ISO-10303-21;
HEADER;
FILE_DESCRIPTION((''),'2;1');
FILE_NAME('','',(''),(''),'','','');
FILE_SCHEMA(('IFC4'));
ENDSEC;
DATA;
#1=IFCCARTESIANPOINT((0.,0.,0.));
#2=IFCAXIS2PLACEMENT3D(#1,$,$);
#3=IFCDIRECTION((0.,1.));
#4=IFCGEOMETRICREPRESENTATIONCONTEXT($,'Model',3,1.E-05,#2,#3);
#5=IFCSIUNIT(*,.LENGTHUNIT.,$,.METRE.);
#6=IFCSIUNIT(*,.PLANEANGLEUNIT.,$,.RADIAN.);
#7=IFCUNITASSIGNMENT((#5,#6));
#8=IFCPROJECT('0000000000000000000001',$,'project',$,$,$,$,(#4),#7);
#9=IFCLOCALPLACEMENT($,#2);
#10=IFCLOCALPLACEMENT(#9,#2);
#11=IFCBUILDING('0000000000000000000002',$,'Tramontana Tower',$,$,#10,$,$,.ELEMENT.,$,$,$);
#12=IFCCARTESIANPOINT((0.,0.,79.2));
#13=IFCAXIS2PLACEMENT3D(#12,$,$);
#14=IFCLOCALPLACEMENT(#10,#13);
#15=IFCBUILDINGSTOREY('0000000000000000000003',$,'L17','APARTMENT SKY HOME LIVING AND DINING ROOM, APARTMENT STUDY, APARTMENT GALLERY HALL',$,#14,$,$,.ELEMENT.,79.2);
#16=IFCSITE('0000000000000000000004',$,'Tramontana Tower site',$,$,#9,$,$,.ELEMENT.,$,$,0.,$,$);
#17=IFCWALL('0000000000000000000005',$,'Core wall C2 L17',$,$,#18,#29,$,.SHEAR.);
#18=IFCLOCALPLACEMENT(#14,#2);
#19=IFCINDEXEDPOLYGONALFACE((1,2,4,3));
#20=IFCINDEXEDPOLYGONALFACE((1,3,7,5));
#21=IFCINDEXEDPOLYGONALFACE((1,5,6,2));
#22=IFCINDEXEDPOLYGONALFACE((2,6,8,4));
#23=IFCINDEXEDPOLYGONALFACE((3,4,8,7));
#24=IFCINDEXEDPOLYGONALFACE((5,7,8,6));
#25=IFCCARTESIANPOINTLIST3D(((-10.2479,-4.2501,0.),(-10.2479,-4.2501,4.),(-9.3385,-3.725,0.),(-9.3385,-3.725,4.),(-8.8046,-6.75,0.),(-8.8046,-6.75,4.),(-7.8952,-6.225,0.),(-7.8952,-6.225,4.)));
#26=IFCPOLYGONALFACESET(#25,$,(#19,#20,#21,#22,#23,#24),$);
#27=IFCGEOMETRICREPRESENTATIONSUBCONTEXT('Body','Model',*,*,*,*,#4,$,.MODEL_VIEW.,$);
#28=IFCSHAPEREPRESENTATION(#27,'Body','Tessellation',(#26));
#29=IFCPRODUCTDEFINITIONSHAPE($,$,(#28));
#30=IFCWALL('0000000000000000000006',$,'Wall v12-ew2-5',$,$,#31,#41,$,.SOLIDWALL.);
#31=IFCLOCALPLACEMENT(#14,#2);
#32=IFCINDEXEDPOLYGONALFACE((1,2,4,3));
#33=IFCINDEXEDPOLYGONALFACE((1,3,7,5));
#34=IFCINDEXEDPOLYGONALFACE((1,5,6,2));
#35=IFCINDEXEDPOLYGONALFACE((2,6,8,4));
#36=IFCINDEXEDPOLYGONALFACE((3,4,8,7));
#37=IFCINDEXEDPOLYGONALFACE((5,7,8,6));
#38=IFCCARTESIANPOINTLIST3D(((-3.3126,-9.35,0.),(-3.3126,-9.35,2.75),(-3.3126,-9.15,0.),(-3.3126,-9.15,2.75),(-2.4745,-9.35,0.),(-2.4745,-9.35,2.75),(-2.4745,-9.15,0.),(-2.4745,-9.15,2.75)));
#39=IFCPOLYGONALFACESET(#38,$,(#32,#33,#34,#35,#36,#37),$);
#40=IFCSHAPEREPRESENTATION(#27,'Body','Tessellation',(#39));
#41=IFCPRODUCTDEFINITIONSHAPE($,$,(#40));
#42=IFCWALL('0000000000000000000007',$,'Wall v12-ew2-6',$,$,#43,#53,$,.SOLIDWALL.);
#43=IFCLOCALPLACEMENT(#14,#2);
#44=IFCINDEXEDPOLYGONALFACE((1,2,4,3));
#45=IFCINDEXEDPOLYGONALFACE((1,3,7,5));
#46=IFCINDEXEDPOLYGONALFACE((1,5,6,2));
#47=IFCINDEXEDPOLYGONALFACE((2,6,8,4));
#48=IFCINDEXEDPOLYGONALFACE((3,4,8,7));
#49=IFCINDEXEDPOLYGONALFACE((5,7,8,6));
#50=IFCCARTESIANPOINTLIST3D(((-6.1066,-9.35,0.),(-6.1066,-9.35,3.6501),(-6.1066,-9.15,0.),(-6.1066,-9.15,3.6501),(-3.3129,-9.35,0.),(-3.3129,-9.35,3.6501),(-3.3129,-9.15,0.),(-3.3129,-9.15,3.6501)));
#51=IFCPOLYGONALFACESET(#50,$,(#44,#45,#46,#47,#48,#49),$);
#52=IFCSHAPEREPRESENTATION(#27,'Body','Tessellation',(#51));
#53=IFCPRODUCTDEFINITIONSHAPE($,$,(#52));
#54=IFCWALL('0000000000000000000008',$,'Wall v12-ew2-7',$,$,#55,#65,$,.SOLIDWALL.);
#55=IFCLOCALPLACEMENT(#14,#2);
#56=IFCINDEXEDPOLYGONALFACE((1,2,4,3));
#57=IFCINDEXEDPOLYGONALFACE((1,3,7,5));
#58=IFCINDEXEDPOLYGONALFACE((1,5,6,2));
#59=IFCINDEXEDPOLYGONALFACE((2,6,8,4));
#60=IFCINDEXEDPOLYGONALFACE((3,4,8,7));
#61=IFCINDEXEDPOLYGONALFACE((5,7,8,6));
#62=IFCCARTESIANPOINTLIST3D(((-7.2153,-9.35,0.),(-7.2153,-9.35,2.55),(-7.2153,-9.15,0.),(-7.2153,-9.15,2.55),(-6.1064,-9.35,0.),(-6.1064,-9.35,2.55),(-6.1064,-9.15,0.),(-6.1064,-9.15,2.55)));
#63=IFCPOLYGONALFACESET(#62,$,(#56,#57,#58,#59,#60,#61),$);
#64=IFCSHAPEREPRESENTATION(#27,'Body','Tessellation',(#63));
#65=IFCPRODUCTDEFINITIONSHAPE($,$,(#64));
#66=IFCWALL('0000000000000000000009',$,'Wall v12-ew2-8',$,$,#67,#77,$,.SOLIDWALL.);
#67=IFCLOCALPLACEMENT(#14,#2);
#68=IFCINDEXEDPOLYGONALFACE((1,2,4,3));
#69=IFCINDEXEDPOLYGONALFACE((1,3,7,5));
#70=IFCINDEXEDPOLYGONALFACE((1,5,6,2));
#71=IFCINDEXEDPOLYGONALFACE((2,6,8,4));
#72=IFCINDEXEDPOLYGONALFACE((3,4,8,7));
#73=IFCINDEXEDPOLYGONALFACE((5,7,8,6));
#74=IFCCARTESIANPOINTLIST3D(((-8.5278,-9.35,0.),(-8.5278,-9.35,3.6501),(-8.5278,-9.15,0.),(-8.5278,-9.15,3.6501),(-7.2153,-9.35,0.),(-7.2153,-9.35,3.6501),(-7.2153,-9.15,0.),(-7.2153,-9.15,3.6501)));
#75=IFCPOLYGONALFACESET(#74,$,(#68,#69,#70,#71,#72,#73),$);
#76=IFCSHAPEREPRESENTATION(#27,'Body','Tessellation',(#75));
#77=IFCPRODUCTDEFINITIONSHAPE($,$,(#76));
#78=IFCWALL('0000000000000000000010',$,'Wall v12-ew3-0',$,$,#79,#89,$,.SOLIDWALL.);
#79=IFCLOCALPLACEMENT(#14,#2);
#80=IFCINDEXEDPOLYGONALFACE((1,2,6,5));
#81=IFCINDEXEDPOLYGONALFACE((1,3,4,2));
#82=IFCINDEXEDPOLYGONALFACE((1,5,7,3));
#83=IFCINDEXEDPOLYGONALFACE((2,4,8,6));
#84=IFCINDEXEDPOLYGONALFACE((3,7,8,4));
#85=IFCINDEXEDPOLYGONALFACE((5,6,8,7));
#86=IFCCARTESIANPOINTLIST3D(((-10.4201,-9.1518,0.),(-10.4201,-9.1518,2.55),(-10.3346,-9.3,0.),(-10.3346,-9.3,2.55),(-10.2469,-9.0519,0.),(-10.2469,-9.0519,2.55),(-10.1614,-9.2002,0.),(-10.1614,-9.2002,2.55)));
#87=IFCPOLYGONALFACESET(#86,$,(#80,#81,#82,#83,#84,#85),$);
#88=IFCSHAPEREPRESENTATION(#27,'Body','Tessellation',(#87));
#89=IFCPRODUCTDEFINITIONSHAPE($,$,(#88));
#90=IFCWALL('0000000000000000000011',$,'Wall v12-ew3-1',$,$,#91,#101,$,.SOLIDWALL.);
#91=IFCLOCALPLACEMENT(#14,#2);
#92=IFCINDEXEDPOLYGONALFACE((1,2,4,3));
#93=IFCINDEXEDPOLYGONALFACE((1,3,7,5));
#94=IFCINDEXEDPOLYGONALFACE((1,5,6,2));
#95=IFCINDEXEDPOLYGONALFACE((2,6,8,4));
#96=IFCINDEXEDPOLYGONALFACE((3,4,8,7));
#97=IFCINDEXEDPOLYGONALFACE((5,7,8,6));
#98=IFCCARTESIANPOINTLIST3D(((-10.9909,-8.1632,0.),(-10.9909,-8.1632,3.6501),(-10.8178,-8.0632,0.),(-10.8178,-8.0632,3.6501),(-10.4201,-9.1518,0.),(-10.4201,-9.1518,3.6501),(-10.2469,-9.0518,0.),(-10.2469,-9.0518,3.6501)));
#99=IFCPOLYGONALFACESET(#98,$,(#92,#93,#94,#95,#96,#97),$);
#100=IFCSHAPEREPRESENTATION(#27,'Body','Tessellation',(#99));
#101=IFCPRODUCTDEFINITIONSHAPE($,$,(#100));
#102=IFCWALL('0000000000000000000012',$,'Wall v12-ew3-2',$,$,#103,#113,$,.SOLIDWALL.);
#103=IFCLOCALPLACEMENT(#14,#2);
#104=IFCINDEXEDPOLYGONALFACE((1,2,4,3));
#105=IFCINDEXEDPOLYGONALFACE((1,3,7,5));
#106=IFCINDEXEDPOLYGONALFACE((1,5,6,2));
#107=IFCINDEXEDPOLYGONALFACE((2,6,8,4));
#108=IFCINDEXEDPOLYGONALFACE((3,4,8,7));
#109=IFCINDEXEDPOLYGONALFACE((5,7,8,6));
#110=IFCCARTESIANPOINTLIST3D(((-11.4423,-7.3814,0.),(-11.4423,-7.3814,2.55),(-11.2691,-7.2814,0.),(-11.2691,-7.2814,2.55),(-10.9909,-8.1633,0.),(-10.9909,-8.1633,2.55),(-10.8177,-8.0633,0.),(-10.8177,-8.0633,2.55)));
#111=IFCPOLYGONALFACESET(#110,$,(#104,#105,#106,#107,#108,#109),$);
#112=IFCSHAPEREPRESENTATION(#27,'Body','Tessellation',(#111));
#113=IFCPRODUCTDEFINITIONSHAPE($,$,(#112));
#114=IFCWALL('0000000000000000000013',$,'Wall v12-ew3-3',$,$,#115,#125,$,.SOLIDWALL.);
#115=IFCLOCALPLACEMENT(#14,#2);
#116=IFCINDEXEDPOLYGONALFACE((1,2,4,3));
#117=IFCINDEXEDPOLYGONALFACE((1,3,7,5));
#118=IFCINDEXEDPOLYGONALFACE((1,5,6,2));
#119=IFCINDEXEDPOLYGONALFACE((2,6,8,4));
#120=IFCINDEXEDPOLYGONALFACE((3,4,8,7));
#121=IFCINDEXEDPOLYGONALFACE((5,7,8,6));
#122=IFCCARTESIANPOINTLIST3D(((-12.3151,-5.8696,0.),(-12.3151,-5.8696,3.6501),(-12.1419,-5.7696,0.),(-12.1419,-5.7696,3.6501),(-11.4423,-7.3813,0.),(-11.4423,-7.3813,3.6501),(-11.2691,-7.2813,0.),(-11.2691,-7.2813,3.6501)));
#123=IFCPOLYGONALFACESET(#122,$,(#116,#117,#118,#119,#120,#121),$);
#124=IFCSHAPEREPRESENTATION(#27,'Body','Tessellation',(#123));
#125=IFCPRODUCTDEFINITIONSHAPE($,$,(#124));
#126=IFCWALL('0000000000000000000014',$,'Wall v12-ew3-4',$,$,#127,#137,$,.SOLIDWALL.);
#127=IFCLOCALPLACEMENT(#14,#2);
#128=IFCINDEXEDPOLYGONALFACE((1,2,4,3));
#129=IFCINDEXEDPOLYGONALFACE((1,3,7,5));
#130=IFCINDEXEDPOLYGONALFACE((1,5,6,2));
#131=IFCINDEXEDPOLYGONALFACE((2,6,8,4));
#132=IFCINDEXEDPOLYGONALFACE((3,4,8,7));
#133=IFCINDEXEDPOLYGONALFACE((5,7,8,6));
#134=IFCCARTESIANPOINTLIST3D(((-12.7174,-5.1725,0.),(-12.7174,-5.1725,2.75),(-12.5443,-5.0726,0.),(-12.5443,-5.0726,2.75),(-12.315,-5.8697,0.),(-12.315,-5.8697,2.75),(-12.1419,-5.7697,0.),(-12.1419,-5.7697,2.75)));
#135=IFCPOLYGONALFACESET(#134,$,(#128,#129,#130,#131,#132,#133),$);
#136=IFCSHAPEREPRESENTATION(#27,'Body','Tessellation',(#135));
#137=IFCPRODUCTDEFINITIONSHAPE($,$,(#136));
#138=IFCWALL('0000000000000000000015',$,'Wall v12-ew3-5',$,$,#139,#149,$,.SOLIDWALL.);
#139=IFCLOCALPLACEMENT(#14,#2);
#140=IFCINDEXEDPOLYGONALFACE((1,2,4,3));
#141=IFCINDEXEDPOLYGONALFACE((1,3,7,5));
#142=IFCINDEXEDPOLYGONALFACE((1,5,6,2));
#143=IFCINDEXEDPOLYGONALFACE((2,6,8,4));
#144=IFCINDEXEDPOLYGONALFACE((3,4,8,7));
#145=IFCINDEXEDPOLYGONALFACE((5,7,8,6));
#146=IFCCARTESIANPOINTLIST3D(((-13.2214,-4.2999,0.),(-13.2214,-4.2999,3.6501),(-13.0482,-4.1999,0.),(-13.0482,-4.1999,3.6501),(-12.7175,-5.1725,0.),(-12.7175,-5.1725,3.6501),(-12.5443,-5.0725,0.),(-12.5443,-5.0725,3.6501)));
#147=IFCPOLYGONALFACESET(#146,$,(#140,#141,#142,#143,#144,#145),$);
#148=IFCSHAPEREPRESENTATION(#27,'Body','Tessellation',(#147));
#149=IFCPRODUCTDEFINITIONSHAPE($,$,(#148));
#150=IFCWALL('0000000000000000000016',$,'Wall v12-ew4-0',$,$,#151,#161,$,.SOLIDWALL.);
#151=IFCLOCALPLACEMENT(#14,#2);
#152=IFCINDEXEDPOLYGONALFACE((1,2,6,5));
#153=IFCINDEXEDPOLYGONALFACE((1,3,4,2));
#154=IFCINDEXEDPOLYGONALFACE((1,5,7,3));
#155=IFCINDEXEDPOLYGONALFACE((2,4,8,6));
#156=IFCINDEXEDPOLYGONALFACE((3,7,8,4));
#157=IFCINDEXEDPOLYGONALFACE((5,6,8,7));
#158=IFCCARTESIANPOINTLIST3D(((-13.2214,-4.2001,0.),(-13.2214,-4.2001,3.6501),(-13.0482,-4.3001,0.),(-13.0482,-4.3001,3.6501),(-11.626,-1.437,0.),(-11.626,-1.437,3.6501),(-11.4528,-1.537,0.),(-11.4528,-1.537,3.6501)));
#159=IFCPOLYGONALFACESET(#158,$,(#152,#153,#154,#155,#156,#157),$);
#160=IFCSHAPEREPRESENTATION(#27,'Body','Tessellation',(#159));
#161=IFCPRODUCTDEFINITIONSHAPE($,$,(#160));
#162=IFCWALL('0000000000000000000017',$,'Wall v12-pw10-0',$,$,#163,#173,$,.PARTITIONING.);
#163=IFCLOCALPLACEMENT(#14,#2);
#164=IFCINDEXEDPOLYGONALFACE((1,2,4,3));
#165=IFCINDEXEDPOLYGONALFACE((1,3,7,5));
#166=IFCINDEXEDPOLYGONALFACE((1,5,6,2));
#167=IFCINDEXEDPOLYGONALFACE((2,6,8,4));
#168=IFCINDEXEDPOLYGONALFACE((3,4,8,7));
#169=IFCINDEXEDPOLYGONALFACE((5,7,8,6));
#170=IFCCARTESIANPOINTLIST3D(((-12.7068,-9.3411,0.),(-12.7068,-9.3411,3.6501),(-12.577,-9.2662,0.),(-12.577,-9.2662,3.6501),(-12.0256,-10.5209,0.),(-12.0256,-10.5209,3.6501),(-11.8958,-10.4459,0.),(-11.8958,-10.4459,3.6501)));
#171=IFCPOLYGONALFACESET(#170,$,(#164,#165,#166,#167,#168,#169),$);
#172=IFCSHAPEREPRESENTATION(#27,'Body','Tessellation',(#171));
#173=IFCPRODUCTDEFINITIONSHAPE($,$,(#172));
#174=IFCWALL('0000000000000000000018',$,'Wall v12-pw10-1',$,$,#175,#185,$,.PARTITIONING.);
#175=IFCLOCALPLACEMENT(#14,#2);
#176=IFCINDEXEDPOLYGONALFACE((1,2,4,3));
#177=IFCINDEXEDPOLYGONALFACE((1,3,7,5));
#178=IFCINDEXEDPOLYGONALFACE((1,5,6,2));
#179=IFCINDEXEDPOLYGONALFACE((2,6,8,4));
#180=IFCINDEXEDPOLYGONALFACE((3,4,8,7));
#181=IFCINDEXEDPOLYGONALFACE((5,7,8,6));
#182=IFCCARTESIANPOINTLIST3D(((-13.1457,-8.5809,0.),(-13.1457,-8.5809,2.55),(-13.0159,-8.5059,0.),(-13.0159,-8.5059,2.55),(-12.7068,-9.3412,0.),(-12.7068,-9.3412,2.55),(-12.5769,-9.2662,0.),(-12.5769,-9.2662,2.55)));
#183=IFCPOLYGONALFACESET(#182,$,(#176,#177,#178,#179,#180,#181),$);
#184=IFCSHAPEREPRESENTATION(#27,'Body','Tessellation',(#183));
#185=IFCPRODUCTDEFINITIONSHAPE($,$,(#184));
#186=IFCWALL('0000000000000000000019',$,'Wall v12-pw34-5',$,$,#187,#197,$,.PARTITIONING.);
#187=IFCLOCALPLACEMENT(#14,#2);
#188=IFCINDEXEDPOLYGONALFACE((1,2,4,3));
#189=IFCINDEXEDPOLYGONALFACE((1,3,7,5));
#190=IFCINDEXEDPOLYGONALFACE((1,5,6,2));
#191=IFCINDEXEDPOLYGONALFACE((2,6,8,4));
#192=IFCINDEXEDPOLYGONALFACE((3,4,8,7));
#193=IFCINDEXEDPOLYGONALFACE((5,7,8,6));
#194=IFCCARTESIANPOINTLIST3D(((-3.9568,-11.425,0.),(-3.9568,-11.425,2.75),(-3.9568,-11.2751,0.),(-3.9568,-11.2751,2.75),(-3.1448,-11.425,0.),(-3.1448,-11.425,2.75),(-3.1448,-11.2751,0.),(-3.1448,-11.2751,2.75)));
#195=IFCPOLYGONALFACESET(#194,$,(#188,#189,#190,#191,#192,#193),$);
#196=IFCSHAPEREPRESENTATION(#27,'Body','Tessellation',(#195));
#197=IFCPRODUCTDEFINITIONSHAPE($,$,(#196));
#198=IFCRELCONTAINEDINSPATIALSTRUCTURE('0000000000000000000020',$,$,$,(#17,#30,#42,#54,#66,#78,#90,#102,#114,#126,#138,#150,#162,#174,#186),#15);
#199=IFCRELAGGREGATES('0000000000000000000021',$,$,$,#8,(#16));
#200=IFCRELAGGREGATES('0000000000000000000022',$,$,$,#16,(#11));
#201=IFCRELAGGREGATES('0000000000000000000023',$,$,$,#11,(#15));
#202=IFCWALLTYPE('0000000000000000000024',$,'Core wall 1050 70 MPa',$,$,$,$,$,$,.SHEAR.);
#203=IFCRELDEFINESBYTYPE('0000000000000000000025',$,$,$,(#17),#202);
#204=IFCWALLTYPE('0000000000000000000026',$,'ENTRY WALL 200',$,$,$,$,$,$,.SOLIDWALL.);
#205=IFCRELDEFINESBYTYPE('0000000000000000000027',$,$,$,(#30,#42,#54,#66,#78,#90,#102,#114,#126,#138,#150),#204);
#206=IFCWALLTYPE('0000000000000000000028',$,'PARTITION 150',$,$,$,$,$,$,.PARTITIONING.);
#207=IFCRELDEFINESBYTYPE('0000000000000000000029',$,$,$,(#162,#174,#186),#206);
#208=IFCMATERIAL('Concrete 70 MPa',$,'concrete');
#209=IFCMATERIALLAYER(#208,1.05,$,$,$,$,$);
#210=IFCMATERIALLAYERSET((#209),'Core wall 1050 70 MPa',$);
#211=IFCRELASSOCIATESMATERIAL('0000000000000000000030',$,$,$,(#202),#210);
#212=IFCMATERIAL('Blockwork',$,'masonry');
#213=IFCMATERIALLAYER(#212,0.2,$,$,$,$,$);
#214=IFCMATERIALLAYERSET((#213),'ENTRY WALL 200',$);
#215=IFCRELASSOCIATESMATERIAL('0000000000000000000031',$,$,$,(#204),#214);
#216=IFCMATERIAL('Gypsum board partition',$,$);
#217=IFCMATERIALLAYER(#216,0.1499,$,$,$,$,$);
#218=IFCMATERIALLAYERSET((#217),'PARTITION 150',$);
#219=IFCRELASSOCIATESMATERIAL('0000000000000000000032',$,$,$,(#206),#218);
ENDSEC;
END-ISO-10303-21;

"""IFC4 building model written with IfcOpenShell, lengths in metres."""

from ifc_helpers import new_model, si_unit, direction, frame, frame_2d, origin, place, context, subcontext, project, spatial, rectangle, extrude, material, layer, layer_set, type_object, element, save


model = new_model("IFC4")

# Units and contexts
model_context = context("Model", 3, precision=1e-05, world=origin(), true_north=direction((0.0, 1.0)))
body_context = subcontext(model_context, "Body", "Model", "MODEL_VIEW")
ifc_project = project(units=[si_unit("LENGTHUNIT", "METRE"), si_unit("PLANEANGLEUNIT", "RADIAN")], contexts=[model_context])

# Site, building, storey
site_placement = place(None, origin())
site = spatial("IfcSite", under=ifc_project, at=site_placement, Name="Tramontana Tower site", CompositionType="ELEMENT", RefElevation=0.0)
building_placement = place(site_placement, origin())
building = spatial("IfcBuilding", under=site, at=building_placement, Name="Tramontana Tower", CompositionType="ELEMENT")
storey_placement = place(building_placement, frame((0.0, 0.0, 79.2)))
storey = spatial("IfcBuildingStorey", under=building, at=storey_placement, Name="L17", Description="APARTMENT SKY HOME LIVING AND DINING ROOM, APARTMENT STUDY, APARTMENT GALLERY HALL", CompositionType="ELEMENT", Elevation=79.2)

# Wall
ifc_material_1 = material(Name="Concrete 70 MPa", Category="concrete")
ifc_layer_1 = layer(ifc_material_1, 1.05)
ifc_layer_set_1 = layer_set([ifc_layer_1], Name="Core wall 1050 70 MPa")
wall_type_1 = type_object("IfcWallType", Name="Core wall 1050 70 MPa", PredefinedType="SHEAR", material=ifc_layer_set_1)
wall_1_placement = place(storey_placement, frame((-9.7932, -3.9875, 0.0), z_axis=(0.0, 0.0, 1.0), x_axis=(0.499996, -0.866028, 0.0)))
element("IfcWall", 1, at=wall_1_placement, inside=storey, type_object=wall_type_1, Name="Core wall C2 L17", PredefinedType="SHEAR", context=body_context, shape_type="SweptSolid", body=[
    extrude(rectangle(XDim=2.8867, YDim=1.05, at=frame_2d((1.4434, 0.0))), origin(), (0.0, 0.0, 1.0), 4.0),
])

# Walls
ifc_material_2 = material(Name="Blockwork", Category="masonry")
ifc_layer_2 = layer(ifc_material_2, 0.2)
ifc_layer_set_2 = layer_set([ifc_layer_2], Name="ENTRY WALL 200")
wall_type_2 = type_object("IfcWallType", Name="ENTRY WALL 200", PredefinedType="SOLIDWALL", material=ifc_layer_set_2)
wall_2_placement = place(storey_placement, frame((-2.4746, -9.25, 0.0), z_axis=(0.0, 0.0, 1.0), x_axis=(-1.0, 0.0, 0.0)))
element("IfcWall", 2, at=wall_2_placement, inside=storey, type_object=wall_type_2, Name="Wall v12-ew2-5", PredefinedType="SOLIDWALL", context=body_context, shape_type="SweptSolid", body=[
    extrude(rectangle(XDim=0.8381, YDim=0.2, at=frame_2d((0.4189, 0.0))), origin(), (0.0, 0.0, 1.0), 2.75),
])
wall_3_placement = place(storey_placement, frame((-3.3127, -9.25, 0.0), z_axis=(0.0, 0.0, 1.0), x_axis=(-1.0, 0.0, 0.0)))
element("IfcWall", 3, at=wall_3_placement, inside=storey, type_object=wall_type_2, Name="Wall v12-ew2-6", PredefinedType="SOLIDWALL", context=body_context, shape_type="SweptSolid", body=[
    extrude(rectangle(XDim=2.7937, YDim=0.2, at=frame_2d((1.397, 0.0))), origin(), (0.0, 0.0, 1.0), 3.6501),
])
wall_4_placement = place(storey_placement, frame((-6.1064, -9.25, 0.0), z_axis=(0.0, 0.0, 1.0), x_axis=(-1.0, 0.0, 0.0)))
element("IfcWall", 4, at=wall_4_placement, inside=storey, type_object=wall_type_2, Name="Wall v12-ew2-7", PredefinedType="SOLIDWALL", context=body_context, shape_type="SweptSolid", body=[
    extrude(rectangle(XDim=1.1089, YDim=0.2, at=frame_2d((0.5544, 0.0))), origin(), (0.0, 0.0, 1.0), 2.55),
])
wall_5_placement = place(storey_placement, frame((-7.2153, -9.25, 0.0), z_axis=(0.0, 0.0, 1.0), x_axis=(-1.0, 0.0, 0.0)))
element("IfcWall", 5, at=wall_5_placement, inside=storey, type_object=wall_type_2, Name="Wall v12-ew2-8", PredefinedType="SOLIDWALL", context=body_context, shape_type="SweptSolid", body=[
    extrude(rectangle(XDim=1.3125, YDim=0.2, at=frame_2d((0.6562, 0.0))), origin(), (0.0, 0.0, 1.0), 3.6501),
])

# Walls
wall_6_placement = place(storey_placement, frame((-10.248, -9.25, 0.0), z_axis=(0.0, 0.0, 1.0), x_axis=(-0.499517, 0.866304, 0.0)))
element("IfcWall", 6, at=wall_6_placement, inside=storey, type_object=wall_type_2, Name="Wall v12-ew3-0", PredefinedType="SOLIDWALL", context=body_context, shape_type="SweptSolid", body=[
    extrude(rectangle(XDim=0.1711, YDim=0.2, at=frame_2d((0.0854, 0.0))), origin(), (0.0, 0.0, 1.0), 2.55),
])
wall_7_placement = place(storey_placement, frame((-10.3335, -9.1018, 0.0), z_axis=(0.0, 0.0, 1.0), x_axis=(-0.50005, 0.865997, 0.0)))
element("IfcWall", 7, at=wall_7_placement, inside=storey, type_object=wall_type_2, Name="Wall v12-ew3-1", PredefinedType="SOLIDWALL", context=body_context, shape_type="SweptSolid", body=[
    extrude(rectangle(XDim=1.1416, YDim=0.2, at=frame_2d((0.5708, 0.0))), origin(), (0.0, 0.0, 1.0), 3.6501),
])
wall_8_placement = place(storey_placement, frame((-10.9043, -8.1133, 0.0), z_axis=(0.0, 0.0, 1.0), x_axis=(-0.499949, 0.866055, 0.0)))
element("IfcWall", 8, at=wall_8_placement, inside=storey, type_object=wall_type_2, Name="Wall v12-ew3-2", PredefinedType="SOLIDWALL", context=body_context, shape_type="SweptSolid", body=[
    extrude(rectangle(XDim=0.9028, YDim=0.2, at=frame_2d((0.4514, 0.0))), origin(), (0.0, 0.0, 1.0), 2.55),
])
wall_9_placement = place(storey_placement, frame((-11.3557, -7.3313, 0.0), z_axis=(0.0, 0.0, 1.0), x_axis=(-0.500005, 0.866023, 0.0)))
element("IfcWall", 9, at=wall_9_placement, inside=storey, type_object=wall_type_2, Name="Wall v12-ew3-3", PredefinedType="SOLIDWALL", context=body_context, shape_type="SweptSolid", body=[
    extrude(rectangle(XDim=1.7456, YDim=0.2, at=frame_2d((0.8728, 0.0))), origin(), (0.0, 0.0, 1.0), 3.6501),
])
wall_10_placement = place(storey_placement, frame((-12.2285, -5.8196, 0.0), z_axis=(0.0, 0.0, 1.0), x_axis=(-0.499924, 0.866069, 0.0)))
element("IfcWall", 10, at=wall_10_placement, inside=storey, type_object=wall_type_2, Name="Wall v12-ew3-4", PredefinedType="SOLIDWALL", context=body_context, shape_type="SweptSolid", body=[
    extrude(rectangle(XDim=0.8049, YDim=0.2, at=frame_2d((0.4023, 0.0))), origin(), (0.0, 0.0, 1.0), 2.75),
])
wall_11_placement = place(storey_placement, frame((-12.6309, -5.1226, 0.0), z_axis=(0.0, 0.0, 1.0), x_axis=(-0.5001, 0.865968, 0.0)))
element("IfcWall", 11, at=wall_11_placement, inside=storey, type_object=wall_type_2, Name="Wall v12-ew3-5", PredefinedType="SOLIDWALL", context=body_context, shape_type="SweptSolid", body=[
    extrude(rectangle(XDim=1.0076, YDim=0.2, at=frame_2d((0.5039, 0.0))), origin(), (0.0, 0.0, 1.0), 3.6501),
])
wall_12_placement = place(storey_placement, frame((-13.1348, -4.25, 0.0), z_axis=(0.0, 0.0, 1.0), x_axis=(0.500032, 0.866007, 0.0)))
element("IfcWall", 12, at=wall_12_placement, inside=storey, type_object=wall_type_2, Name="Wall v12-ew4-0", PredefinedType="SOLIDWALL", context=body_context, shape_type="SweptSolid", body=[
    extrude(rectangle(XDim=3.1907, YDim=0.2, at=frame_2d((1.5952, 0.0))), origin(), (0.0, 0.0, 1.0), 3.6501),
])
ifc_material_3 = material(Name="Gypsum board partition")
ifc_layer_3 = layer(ifc_material_3, 0.1499)
ifc_layer_set_3 = layer_set([ifc_layer_3], Name="PARTITION 150")
wall_type_3 = type_object("IfcWallType", Name="PARTITION 150", PredefinedType="PARTITIONING", material=ifc_layer_set_3)
wall_13_placement = place(storey_placement, frame((-11.9607, -10.4834, 0.0), z_axis=(0.0, 0.0, 1.0), x_axis=(-0.500033, 0.866007, 0.0)))
element("IfcWall", 13, at=wall_13_placement, inside=storey, type_object=wall_type_3, Name="Wall v12-pw10-0", PredefinedType="PARTITIONING", context=body_context, shape_type="SweptSolid", body=[
    extrude(rectangle(XDim=1.3623, YDim=0.1499, at=frame_2d((0.6812, 0.0))), origin(), (0.0, 0.0, 1.0), 3.6501),
])
wall_14_placement = place(storey_placement, frame((-12.6418, -9.3037, 0.0), z_axis=(0.0, 0.0, 1.0), x_axis=(-0.500027, 0.86601, 0.0)))
element("IfcWall", 14, at=wall_14_placement, inside=storey, type_object=wall_type_3, Name="Wall v12-pw10-1", PredefinedType="PARTITIONING", context=body_context, shape_type="SweptSolid", body=[
    extrude(rectangle(XDim=0.8779, YDim=0.1499, at=frame_2d((0.439, 0.0))), origin(), (0.0, 0.0, 1.0), 2.55),
])

# Wall
wall_15_placement = place(storey_placement, frame((-3.1448, -11.3501, 0.0), z_axis=(0.0, 0.0, 1.0), x_axis=(-1.0, 0.0, 0.0)))
element("IfcWall", 15, at=wall_15_placement, inside=storey, type_object=wall_type_3, Name="Wall v12-pw34-5", PredefinedType="PARTITIONING", context=body_context, shape_type="SweptSolid", body=[
    extrude(rectangle(XDim=0.812, YDim=0.1499, at=frame_2d((0.406, 0.0))), origin(), (0.0, 0.0, 1.0), 2.75),
])

save(model, "model.ifc")
